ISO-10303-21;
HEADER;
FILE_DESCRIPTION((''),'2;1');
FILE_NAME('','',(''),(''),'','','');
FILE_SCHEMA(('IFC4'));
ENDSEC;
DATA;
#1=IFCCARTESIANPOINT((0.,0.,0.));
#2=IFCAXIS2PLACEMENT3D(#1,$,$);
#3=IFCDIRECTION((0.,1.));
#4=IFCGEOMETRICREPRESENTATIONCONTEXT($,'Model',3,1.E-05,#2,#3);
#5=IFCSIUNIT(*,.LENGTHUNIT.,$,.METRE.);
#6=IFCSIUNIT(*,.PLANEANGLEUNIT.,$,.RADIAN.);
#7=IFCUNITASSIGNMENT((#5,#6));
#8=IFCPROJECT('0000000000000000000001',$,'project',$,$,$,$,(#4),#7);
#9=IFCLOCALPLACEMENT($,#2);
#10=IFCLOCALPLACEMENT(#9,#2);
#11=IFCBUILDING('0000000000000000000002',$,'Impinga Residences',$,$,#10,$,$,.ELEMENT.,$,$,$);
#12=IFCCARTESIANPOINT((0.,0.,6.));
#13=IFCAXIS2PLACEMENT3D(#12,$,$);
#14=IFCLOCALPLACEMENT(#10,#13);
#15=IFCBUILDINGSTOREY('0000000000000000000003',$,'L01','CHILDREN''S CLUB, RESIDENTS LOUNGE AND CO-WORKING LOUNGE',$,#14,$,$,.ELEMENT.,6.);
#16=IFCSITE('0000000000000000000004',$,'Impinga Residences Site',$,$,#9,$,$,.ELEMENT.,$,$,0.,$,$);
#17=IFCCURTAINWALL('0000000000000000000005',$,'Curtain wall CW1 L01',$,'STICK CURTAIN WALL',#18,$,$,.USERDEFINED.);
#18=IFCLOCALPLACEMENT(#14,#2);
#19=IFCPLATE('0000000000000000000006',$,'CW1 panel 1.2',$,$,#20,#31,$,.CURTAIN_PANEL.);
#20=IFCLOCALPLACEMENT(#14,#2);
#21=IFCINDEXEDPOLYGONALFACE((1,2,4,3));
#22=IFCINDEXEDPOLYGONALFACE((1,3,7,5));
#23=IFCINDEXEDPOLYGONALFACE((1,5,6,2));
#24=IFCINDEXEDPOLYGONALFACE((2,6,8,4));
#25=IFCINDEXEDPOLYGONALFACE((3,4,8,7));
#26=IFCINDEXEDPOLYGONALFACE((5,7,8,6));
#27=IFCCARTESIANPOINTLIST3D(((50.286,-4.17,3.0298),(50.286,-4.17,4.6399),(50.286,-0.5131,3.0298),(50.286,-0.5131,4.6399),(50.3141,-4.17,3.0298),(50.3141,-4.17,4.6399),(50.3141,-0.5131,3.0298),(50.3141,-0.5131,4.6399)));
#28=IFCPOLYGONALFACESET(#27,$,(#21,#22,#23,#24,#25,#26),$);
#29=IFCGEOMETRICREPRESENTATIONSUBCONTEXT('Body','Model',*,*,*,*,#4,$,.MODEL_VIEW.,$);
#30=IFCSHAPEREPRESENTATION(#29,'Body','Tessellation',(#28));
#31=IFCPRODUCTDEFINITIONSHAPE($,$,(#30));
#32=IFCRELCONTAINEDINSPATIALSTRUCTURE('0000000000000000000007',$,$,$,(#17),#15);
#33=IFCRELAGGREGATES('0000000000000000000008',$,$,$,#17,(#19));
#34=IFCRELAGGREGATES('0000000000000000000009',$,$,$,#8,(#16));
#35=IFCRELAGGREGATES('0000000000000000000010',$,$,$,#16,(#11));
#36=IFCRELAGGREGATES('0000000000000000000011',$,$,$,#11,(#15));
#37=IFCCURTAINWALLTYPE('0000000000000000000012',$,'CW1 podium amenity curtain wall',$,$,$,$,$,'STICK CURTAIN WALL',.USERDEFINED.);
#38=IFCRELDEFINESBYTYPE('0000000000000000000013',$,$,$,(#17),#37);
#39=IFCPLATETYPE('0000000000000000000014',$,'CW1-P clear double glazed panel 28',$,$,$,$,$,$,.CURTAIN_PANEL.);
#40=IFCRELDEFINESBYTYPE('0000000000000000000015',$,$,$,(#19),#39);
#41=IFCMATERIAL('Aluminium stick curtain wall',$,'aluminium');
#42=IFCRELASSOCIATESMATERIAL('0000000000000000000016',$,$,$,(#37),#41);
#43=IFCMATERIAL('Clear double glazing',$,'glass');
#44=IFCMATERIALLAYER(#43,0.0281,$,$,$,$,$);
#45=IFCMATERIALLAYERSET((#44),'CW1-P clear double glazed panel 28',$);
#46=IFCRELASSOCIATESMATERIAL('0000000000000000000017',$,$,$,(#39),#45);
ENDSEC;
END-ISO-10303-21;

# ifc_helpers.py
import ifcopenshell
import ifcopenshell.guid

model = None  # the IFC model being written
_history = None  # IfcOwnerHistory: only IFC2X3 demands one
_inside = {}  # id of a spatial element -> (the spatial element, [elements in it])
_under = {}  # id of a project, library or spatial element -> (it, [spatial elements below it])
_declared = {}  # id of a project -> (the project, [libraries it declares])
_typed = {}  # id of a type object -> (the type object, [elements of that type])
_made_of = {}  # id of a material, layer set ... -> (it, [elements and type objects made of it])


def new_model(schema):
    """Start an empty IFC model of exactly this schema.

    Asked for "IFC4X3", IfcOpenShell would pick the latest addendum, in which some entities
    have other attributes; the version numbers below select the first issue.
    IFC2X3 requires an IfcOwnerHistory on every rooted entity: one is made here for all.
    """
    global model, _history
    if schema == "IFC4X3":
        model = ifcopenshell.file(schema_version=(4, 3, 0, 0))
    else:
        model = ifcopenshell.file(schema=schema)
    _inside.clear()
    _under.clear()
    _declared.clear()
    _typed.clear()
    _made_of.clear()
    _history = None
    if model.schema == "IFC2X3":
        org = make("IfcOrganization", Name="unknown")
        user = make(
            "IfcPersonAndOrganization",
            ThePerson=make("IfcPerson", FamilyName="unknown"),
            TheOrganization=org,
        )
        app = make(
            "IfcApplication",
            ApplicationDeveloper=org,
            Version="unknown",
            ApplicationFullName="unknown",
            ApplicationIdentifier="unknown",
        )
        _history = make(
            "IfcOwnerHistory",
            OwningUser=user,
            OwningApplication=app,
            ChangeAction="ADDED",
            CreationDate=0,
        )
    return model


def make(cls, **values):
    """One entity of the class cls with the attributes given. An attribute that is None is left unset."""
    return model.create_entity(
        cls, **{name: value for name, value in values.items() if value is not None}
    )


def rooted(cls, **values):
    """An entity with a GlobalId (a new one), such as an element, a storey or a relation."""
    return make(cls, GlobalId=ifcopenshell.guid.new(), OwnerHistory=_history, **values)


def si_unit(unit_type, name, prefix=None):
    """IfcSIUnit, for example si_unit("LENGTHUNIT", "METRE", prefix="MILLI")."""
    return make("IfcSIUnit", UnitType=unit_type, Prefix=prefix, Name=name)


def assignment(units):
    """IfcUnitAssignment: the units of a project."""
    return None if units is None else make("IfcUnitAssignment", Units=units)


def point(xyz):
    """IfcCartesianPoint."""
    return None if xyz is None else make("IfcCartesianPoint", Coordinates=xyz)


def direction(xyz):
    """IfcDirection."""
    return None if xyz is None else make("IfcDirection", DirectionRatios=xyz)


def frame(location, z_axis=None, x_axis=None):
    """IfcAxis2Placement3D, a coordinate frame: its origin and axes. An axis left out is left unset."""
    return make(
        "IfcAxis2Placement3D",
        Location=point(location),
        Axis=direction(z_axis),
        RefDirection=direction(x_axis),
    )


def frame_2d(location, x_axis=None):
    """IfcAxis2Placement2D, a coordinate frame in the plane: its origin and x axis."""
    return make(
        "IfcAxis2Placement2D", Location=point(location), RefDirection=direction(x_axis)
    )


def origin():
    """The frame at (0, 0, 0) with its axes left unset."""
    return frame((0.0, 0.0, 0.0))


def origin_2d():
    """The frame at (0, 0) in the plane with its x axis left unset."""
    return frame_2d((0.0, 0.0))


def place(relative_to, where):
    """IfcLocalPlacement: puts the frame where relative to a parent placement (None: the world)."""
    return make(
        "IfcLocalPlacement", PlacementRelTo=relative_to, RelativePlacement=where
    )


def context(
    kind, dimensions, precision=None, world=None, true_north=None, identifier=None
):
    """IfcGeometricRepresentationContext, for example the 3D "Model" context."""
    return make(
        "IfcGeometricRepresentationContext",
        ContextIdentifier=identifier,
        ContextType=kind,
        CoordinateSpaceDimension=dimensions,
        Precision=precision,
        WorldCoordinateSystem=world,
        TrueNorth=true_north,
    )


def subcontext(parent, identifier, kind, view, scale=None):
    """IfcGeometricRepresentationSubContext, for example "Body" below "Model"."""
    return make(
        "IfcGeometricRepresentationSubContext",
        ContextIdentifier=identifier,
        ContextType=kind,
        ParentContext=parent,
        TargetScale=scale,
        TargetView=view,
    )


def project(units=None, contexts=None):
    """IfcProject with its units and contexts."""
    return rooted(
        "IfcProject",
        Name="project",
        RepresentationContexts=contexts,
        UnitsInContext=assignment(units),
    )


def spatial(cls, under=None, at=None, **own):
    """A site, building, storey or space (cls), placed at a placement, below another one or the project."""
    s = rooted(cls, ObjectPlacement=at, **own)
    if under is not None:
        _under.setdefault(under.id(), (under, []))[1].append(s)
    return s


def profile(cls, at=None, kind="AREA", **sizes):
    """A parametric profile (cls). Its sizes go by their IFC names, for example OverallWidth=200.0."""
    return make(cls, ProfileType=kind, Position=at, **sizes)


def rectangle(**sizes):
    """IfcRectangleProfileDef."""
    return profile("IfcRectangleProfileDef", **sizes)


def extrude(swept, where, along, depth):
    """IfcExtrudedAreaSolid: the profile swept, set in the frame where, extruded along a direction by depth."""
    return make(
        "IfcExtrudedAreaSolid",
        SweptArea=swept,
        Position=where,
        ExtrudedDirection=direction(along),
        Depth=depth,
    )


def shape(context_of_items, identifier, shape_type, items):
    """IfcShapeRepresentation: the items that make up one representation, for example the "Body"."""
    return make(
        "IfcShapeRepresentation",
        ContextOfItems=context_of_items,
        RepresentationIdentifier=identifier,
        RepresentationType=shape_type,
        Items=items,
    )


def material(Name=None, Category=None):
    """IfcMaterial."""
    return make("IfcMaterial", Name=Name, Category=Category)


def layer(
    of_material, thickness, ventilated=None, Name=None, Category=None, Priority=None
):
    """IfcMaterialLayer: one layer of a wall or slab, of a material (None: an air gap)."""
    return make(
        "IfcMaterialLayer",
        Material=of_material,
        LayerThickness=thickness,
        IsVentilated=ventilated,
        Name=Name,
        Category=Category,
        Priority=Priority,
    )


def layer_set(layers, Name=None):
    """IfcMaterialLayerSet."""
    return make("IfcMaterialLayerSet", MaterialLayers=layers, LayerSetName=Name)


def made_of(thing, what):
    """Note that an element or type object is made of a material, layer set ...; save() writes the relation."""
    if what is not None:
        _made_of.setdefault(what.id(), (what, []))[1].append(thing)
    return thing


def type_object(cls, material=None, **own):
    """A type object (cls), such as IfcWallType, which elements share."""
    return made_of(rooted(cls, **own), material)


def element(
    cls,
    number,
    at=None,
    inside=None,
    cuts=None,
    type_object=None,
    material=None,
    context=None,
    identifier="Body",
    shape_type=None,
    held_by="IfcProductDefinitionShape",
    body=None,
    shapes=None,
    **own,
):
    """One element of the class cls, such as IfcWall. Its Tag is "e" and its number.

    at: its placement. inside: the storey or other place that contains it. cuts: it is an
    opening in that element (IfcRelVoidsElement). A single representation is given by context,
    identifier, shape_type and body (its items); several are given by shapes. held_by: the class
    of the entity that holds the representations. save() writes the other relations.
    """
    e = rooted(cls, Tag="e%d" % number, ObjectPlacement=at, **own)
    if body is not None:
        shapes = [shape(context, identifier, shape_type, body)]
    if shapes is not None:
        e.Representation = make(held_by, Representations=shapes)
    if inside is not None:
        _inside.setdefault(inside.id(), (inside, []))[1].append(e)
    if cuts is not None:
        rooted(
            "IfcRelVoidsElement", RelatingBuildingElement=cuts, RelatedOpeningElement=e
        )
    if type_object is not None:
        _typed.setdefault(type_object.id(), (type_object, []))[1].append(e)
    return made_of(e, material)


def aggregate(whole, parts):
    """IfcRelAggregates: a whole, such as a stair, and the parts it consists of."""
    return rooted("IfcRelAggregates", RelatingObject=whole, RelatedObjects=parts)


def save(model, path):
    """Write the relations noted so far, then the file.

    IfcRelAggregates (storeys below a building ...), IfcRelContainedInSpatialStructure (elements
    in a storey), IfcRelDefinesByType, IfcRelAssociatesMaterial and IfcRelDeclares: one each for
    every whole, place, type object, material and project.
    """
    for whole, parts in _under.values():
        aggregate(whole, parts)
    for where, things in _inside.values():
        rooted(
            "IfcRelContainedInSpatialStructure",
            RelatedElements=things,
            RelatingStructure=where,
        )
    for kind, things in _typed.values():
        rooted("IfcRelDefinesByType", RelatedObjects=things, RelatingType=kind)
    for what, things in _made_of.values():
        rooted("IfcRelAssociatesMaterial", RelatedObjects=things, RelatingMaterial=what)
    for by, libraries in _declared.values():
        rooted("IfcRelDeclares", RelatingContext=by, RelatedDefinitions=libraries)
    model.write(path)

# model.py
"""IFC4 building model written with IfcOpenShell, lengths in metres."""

from ifc_helpers import new_model, si_unit, direction, frame, origin, origin_2d, place, context, subcontext, project, spatial, rectangle, extrude, material, layer, layer_set, type_object, element, aggregate, save


model = new_model("IFC4")

# Units and contexts
model_context = context("Model", 3, precision=1e-05, world=origin(), true_north=direction((0.0, 1.0)))
body_context = subcontext(model_context, "Body", "Model", "MODEL_VIEW")
ifc_project = project(units=[si_unit("LENGTHUNIT", "METRE"), si_unit("PLANEANGLEUNIT", "RADIAN")], contexts=[model_context])

# Site, building, storey
site_placement = place(None, origin())
site = spatial("IfcSite", under=ifc_project, at=site_placement, Name="Impinga Residences Site", CompositionType="ELEMENT", RefElevation=0.0)
building_placement = place(site_placement, origin())
building = spatial("IfcBuilding", under=site, at=building_placement, Name="Impinga Residences", CompositionType="ELEMENT")
storey_placement = place(building_placement, frame((0.0, 0.0, 6.0)))
storey = spatial("IfcBuildingStorey", under=building, at=storey_placement, Name="L01", Description="CHILDREN'S CLUB, RESIDENTS LOUNGE AND CO-WORKING LOUNGE", CompositionType="ELEMENT", Elevation=6.0)

# Shared definitions
ifc_material_1 = material(Name="Aluminium stick curtain wall", Category="aluminium")
curtain_wall_type = type_object("IfcCurtainWallType", Name="CW1 podium amenity curtain wall", ElementType="STICK CURTAIN WALL", PredefinedType="USERDEFINED", material=ifc_material_1)

# Curtain wall
curtain_wall_1_placement = place(storey_placement, origin())
curtain_wall_1 = element("IfcCurtainWall", 1, at=curtain_wall_1_placement, inside=storey, type_object=curtain_wall_type, Name="Curtain wall CW1 L01", ObjectType="STICK CURTAIN WALL", PredefinedType="USERDEFINED")

# Plate
ifc_material_2 = material(Name="Clear double glazing", Category="glass")
ifc_layer = layer(ifc_material_2, 0.0281)
ifc_layer_set = layer_set([ifc_layer], Name="CW1-P clear double glazed panel 28")
plate_type = type_object("IfcPlateType", Name="CW1-P clear double glazed panel 28", PredefinedType="CURTAIN_PANEL", material=ifc_layer_set)
plate_1_placement = place(storey_placement, frame((50.3, -2.3416, 3.0298), z_axis=(0.0, 0.0, 1.0), x_axis=(0.0, -1.0, 0.0)))
plate_1 = element("IfcPlate", 2, at=plate_1_placement, type_object=plate_type, Name="CW1 panel 1.2", PredefinedType="CURTAIN_PANEL", context=body_context, shape_type="SweptSolid", body=[
    extrude(rectangle(XDim=3.657, YDim=0.0281, at=origin_2d()), origin(), (0.0, 0.0, 1.0), 1.6101),
])
aggregate(curtain_wall_1, [plate_1])

save(model, "model.ifc")
